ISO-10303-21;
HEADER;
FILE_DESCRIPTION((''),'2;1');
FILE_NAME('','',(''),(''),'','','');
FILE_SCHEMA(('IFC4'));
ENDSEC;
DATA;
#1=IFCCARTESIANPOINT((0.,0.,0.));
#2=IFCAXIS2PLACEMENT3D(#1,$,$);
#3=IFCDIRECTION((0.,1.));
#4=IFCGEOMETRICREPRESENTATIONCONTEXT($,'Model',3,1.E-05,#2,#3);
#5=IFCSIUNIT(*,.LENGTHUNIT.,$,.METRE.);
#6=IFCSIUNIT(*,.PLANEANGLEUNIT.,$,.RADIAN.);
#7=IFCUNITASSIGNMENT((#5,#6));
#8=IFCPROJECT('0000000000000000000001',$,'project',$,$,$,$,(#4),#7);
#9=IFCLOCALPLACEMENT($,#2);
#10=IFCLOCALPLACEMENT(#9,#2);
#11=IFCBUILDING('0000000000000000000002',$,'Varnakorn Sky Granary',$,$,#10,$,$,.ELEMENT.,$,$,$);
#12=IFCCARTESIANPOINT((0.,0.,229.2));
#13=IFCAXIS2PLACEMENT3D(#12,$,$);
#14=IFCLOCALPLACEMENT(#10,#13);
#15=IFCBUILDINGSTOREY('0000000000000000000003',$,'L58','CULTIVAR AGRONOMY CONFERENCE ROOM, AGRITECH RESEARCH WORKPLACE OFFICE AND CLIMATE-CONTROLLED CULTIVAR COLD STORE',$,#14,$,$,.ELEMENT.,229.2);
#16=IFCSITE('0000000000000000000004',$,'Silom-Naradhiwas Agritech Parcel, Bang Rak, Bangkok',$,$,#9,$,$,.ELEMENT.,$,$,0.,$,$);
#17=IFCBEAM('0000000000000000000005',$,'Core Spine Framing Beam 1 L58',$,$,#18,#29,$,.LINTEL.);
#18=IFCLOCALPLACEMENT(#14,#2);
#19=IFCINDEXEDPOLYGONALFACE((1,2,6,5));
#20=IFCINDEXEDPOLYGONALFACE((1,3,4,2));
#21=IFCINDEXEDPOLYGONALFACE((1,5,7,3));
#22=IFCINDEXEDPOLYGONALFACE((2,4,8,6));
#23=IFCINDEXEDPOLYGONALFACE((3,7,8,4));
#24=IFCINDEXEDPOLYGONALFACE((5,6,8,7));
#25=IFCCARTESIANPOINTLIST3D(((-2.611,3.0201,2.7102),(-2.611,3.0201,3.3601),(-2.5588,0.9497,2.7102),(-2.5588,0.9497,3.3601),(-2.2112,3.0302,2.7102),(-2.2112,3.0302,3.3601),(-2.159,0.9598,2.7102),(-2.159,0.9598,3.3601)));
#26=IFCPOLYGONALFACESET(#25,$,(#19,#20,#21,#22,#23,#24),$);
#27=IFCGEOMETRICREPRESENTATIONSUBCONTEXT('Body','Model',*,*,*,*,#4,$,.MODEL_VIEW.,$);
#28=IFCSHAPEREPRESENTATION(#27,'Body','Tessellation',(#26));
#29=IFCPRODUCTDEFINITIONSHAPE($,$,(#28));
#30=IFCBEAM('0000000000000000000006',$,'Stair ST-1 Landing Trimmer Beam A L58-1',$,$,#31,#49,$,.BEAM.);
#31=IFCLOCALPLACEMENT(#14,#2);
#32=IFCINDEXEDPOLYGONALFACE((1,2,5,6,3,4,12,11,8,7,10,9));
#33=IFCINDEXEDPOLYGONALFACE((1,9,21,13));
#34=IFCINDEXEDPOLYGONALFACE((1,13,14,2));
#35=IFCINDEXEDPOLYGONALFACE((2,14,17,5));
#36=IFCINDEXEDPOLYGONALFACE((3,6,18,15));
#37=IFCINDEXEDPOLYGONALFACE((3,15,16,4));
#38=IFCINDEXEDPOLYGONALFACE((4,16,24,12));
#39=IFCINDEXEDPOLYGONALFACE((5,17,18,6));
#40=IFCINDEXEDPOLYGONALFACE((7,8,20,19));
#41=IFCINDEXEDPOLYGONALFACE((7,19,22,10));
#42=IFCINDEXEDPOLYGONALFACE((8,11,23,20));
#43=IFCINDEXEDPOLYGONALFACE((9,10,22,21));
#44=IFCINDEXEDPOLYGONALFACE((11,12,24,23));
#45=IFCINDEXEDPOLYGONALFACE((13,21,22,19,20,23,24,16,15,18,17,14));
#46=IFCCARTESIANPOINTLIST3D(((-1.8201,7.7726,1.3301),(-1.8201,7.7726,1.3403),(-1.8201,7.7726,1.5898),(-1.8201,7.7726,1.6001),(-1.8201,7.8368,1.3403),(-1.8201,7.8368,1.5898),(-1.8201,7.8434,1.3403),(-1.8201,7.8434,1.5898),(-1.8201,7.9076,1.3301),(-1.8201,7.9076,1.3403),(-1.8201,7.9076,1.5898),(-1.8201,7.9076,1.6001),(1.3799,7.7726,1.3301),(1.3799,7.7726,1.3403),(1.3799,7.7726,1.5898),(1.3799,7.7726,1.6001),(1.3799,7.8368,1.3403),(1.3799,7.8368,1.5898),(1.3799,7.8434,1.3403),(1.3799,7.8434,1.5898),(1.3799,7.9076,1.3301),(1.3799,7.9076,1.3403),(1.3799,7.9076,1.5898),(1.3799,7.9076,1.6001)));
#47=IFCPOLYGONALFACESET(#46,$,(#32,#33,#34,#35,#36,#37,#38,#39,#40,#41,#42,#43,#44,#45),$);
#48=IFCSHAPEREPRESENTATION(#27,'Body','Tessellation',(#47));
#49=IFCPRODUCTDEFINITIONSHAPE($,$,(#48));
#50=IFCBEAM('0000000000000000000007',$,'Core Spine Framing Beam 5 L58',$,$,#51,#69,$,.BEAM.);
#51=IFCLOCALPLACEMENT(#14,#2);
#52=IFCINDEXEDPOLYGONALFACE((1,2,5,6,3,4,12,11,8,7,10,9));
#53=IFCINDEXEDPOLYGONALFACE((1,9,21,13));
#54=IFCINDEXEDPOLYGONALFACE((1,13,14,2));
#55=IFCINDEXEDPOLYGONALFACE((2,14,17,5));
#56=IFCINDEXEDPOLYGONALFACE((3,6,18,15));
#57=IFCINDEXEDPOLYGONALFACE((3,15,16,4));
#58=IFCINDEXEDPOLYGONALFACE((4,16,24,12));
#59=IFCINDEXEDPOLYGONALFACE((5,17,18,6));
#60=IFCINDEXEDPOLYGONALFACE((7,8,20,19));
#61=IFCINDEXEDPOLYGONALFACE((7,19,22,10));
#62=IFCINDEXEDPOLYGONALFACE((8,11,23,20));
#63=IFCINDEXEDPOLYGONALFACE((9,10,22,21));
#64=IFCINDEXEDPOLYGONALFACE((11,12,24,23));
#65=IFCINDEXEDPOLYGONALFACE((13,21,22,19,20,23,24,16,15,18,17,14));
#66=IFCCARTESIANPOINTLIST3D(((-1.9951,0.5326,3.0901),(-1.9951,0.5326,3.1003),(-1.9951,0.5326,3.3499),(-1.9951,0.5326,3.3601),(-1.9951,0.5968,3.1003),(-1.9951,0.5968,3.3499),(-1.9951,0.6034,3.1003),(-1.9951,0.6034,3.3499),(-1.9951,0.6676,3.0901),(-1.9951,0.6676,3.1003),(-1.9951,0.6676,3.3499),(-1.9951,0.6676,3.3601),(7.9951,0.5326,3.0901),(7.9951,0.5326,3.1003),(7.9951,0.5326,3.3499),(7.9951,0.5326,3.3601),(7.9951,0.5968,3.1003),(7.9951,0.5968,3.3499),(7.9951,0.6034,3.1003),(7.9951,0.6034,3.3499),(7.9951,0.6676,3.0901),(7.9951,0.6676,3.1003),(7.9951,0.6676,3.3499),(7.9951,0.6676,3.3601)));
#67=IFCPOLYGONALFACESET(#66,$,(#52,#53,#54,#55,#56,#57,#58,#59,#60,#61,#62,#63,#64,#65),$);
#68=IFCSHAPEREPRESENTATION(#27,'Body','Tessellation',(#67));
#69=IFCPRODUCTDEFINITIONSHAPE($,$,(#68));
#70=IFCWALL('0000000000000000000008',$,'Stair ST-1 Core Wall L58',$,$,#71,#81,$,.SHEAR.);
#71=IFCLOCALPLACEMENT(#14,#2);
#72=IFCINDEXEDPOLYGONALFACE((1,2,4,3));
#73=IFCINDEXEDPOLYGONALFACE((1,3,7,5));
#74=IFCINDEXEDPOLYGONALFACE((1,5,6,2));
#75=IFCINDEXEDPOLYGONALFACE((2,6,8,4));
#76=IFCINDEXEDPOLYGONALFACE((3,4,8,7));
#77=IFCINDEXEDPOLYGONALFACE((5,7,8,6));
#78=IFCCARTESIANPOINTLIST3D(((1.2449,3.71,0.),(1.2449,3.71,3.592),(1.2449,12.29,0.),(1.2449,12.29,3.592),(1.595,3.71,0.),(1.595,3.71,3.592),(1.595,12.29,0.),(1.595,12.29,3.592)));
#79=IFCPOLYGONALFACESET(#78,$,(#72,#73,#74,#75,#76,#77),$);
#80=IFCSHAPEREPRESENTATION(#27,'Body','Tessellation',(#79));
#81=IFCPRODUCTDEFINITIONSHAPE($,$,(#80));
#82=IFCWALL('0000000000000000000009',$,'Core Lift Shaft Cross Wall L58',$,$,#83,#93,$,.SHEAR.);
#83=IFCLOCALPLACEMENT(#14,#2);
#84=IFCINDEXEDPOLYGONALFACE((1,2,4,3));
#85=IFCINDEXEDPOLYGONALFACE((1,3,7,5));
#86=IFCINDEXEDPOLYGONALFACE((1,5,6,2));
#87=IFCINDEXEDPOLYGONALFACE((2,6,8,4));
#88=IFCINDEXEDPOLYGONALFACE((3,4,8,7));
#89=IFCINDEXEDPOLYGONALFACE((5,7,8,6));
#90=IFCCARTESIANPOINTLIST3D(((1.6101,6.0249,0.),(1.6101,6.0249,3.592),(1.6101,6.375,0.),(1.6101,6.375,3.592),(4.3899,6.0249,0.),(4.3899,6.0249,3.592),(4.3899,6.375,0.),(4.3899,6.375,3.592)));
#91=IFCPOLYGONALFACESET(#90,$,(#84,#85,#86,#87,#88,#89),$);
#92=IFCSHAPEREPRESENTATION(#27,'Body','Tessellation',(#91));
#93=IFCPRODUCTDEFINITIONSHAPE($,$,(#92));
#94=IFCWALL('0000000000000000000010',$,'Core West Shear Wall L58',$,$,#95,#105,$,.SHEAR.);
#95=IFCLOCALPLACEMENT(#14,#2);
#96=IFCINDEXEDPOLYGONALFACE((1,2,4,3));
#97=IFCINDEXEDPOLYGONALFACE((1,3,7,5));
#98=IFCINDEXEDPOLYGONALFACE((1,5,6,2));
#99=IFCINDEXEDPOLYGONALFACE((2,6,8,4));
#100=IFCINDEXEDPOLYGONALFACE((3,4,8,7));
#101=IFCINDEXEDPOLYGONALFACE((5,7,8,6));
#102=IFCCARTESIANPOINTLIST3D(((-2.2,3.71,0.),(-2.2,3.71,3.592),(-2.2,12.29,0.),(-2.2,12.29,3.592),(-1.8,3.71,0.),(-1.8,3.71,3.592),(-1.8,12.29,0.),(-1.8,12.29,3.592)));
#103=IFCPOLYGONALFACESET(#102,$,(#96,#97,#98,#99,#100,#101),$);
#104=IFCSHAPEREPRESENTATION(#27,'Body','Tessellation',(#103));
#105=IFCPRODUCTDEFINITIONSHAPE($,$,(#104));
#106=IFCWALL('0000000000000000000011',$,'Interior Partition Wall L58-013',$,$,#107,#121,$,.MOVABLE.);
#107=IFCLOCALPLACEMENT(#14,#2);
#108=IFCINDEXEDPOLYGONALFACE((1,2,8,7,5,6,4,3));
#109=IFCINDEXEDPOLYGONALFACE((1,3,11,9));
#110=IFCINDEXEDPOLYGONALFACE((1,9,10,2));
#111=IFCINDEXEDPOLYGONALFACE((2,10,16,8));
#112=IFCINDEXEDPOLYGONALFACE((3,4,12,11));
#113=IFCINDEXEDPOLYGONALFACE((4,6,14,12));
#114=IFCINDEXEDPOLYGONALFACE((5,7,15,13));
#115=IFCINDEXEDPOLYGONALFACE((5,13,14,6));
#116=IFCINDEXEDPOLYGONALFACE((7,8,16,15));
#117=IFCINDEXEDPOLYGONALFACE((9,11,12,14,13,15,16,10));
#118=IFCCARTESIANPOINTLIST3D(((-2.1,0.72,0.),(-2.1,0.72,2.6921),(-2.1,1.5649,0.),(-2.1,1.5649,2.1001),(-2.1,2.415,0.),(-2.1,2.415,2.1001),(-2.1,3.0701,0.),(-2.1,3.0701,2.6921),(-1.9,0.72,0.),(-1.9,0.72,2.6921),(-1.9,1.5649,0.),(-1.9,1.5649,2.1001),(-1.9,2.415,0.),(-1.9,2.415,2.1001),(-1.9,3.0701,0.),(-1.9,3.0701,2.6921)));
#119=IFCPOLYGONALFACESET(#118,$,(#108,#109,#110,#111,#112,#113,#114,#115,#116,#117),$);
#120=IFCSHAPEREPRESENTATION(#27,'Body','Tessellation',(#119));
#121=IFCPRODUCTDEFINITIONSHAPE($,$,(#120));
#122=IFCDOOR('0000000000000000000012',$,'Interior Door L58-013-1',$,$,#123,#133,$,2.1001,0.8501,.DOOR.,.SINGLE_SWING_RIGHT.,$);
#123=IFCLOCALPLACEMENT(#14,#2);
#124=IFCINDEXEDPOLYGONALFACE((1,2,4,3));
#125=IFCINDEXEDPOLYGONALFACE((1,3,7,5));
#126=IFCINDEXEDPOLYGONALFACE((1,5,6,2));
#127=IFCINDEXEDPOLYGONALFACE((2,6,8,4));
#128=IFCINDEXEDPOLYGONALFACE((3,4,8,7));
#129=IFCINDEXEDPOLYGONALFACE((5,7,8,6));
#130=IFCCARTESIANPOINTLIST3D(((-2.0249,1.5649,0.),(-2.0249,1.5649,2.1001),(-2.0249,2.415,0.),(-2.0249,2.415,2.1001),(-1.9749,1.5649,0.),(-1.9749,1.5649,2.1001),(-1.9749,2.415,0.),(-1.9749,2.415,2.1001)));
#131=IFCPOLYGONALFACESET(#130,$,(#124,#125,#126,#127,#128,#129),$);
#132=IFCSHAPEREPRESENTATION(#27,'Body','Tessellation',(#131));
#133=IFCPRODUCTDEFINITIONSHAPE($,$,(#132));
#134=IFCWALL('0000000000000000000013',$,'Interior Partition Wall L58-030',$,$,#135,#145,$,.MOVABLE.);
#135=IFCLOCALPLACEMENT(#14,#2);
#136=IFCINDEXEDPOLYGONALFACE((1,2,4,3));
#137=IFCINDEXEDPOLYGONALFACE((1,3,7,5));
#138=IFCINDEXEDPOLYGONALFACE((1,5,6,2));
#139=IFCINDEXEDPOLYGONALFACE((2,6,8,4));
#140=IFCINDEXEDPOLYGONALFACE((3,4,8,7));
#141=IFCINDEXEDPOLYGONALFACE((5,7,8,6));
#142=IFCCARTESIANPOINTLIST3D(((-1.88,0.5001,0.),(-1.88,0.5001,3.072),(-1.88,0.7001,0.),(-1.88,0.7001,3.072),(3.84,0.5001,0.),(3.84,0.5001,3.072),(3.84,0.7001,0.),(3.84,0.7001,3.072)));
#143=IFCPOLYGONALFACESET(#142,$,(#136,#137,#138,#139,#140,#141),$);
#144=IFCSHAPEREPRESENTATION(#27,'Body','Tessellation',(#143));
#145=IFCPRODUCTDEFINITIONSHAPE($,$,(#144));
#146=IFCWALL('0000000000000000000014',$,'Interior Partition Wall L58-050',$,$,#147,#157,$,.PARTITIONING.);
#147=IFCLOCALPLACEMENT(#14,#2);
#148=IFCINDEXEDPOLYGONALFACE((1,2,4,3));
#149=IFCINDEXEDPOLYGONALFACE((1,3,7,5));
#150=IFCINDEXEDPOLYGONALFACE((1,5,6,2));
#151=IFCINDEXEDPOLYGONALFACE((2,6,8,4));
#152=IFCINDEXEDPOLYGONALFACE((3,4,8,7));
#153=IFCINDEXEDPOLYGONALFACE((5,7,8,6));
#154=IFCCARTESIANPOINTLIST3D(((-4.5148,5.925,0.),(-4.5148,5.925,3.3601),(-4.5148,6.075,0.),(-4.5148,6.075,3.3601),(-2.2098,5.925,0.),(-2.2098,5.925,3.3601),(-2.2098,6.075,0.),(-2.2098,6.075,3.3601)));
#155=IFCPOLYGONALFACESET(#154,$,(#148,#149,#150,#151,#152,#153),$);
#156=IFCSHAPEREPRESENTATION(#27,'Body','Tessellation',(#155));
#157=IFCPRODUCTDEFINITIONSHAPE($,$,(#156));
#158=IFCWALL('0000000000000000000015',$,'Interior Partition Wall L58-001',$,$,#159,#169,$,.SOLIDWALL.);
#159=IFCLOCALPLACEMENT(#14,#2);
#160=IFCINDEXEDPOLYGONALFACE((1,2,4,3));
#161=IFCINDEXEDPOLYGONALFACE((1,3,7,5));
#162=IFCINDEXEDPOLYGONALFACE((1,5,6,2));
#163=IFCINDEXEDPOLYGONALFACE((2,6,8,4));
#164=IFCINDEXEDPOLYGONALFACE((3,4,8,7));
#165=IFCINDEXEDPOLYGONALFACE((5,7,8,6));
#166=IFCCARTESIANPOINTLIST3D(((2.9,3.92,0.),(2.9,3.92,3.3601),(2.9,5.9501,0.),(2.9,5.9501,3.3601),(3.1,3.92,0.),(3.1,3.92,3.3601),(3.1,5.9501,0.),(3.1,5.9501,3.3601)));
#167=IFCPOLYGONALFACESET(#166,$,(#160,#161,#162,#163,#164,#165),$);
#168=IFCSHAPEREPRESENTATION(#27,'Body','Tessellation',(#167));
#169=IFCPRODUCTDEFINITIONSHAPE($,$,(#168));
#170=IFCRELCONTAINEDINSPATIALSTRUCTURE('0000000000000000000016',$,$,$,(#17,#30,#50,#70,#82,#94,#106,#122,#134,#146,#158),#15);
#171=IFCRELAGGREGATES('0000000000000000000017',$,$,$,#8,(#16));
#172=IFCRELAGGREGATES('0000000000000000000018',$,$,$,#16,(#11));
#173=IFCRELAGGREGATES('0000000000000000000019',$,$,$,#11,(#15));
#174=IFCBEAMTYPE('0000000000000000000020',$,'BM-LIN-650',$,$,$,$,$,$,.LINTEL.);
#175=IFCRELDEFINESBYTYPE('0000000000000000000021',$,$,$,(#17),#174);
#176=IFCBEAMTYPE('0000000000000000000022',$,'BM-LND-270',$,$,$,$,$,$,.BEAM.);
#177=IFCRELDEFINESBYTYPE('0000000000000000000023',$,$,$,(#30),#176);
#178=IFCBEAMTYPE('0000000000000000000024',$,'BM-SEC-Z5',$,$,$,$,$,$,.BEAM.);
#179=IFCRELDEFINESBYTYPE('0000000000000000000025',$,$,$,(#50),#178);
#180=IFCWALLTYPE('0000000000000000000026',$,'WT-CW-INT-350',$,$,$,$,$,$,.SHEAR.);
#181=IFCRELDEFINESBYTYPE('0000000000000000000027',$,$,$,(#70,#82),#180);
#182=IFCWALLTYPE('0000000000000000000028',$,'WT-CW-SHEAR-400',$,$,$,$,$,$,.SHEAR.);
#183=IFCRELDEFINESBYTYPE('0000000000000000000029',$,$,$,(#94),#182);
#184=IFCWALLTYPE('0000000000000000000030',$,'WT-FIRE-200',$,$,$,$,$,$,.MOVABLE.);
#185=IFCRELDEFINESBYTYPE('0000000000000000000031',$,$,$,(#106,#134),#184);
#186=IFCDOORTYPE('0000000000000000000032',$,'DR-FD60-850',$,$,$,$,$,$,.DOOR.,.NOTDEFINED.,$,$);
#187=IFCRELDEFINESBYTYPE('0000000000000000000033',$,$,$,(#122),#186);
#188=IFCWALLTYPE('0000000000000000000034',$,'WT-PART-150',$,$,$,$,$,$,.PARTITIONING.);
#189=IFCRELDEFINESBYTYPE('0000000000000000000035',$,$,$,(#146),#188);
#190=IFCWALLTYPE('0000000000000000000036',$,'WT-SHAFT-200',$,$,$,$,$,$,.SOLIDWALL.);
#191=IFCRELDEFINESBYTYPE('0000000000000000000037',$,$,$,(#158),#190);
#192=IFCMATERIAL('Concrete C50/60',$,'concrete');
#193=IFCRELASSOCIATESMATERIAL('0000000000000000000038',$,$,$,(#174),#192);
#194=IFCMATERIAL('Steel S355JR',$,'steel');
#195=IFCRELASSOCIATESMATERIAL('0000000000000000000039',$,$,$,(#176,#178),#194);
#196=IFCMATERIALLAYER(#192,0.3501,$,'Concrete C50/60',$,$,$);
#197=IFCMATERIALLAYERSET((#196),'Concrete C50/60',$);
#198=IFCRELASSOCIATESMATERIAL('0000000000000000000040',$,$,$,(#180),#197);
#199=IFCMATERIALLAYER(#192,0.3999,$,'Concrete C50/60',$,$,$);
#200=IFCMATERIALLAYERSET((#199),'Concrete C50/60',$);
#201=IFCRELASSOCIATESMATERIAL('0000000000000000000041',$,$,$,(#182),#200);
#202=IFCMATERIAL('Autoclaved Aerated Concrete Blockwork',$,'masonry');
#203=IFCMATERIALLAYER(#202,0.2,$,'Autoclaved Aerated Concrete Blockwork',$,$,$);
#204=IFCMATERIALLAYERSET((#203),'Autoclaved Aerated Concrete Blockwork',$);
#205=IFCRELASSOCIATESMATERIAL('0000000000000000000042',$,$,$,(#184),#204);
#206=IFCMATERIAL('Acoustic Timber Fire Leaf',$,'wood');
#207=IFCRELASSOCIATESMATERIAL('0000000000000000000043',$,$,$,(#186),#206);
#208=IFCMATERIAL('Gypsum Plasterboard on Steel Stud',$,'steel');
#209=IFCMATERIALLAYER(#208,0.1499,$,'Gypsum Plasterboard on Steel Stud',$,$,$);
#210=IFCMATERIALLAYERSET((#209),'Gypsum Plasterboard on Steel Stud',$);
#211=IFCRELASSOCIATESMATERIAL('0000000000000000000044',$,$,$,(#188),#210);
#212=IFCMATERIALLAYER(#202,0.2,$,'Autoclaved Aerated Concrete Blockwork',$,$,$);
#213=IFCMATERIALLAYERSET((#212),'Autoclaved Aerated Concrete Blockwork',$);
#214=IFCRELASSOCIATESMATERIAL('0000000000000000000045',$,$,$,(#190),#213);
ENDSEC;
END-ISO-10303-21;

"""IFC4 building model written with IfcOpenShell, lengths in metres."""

from ifc_helpers import new_model, si_unit, direction, frame, frame_2d, origin, origin_2d, place, context, subcontext, project, spatial, rectangle, i_section, extrude, material, layer, layer_set, material_profile, profile_set, type_object, element, fill, save


model = new_model("IFC4")

# Units and contexts
model_context = context("Model", 3, precision=1e-05, world=origin(), true_north=direction((0.0, 1.0)))
body_context = subcontext(model_context, "Body", "Model", "MODEL_VIEW")
ifc_project = project(units=[si_unit("LENGTHUNIT", "METRE"), si_unit("PLANEANGLEUNIT", "RADIAN")], contexts=[model_context])

# Site, building, storey
site_placement = place(None, origin())
site = spatial("IfcSite", under=ifc_project, at=site_placement, Name="Silom-Naradhiwas Agritech Parcel, Bang Rak, Bangkok", CompositionType="ELEMENT", RefElevation=0.0)
building_placement = place(site_placement, origin())
building = spatial("IfcBuilding", under=site, at=building_placement, Name="Varnakorn Sky Granary", CompositionType="ELEMENT")
storey_placement = place(building_placement, frame((0.0, 0.0, 229.2)))
storey = spatial("IfcBuildingStorey", under=building, at=storey_placement, Name="L58", Description="CULTIVAR AGRONOMY CONFERENCE ROOM, AGRITECH RESEARCH WORKPLACE OFFICE AND CLIMATE-CONTROLLED CULTIVAR COLD STORE", CompositionType="ELEMENT", Elevation=229.2)

# Beams
ifc_material_1 = material(Name="Concrete C50/60", Category="concrete")
ifc_material_profile_1 = material_profile(ifc_material_1, rectangle(XDim=0.3999, YDim=0.6499, at=origin_2d()), Name="RC 400x650")
ifc_profile_set_1 = profile_set([ifc_material_profile_1], Name="Concrete C50/60")
beam_type_1 = type_object("IfcBeamType", Name="BM-LIN-650", PredefinedType="LINTEL", material=ifc_profile_set_1)
beam_1_placement = place(storey_placement, frame((-2.4111, 3.0251, 3.0352), z_axis=(0.025228, -0.999682, 0.0), x_axis=(0.999682, 0.025228, 0.0)))
element("IfcBeam", 1, at=beam_1_placement, inside=storey, type_object=beam_type_1, Name="Core Spine Framing Beam 1 L58", PredefinedType="LINTEL", context=body_context, shape_type="SweptSolid", body=[
    extrude(rectangle(XDim=0.3999, YDim=0.6499, at=origin_2d()), origin(), (0.0, 0.0, 1.0), 2.071),
])
ifc_material_2 = material(Name="Steel S355JR", Category="steel")
ifc_material_profile_2 = material_profile(ifc_material_2, i_section(OverallWidth=0.135, OverallDepth=0.27, WebThickness=0.0066, FlangeThickness=0.0103, at=origin_2d()), Name="IPE 270")
ifc_profile_set_2 = profile_set([ifc_material_profile_2], Name="Steel S355JR")
beam_type_2 = type_object("IfcBeamType", Name="BM-LND-270", PredefinedType="BEAM", material=ifc_profile_set_2)
beam_2_placement = place(storey_placement, frame((-1.8201, 7.8401, 1.4651), z_axis=(1.0, 0.0, 0.0), x_axis=(0.0, 1.0, 0.0)))
element("IfcBeam", 2, at=beam_2_placement, inside=storey, type_object=beam_type_2, Name="Stair ST-1 Landing Trimmer Beam A L58-1", PredefinedType="BEAM", context=body_context, shape_type="SweptSolid", body=[
    extrude(i_section(OverallWidth=0.135, OverallDepth=0.27, WebThickness=0.0066, FlangeThickness=0.0103, at=origin_2d()), origin(), (0.0, 0.0, 1.0), 3.2),
])
ifc_material_profile_3 = material_profile(ifc_material_2, i_section(OverallWidth=0.135, OverallDepth=0.27, WebThickness=0.0066, FlangeThickness=0.0103, at=origin_2d()), Name="IPE 270")
ifc_profile_set_3 = profile_set([ifc_material_profile_3], Name="Steel S355JR")
beam_type_3 = type_object("IfcBeamType", Name="BM-SEC-Z5", PredefinedType="BEAM", material=ifc_profile_set_3)
beam_3_placement = place(storey_placement, frame((-1.9951, 0.6001, 3.2251), z_axis=(1.0, 0.0, 0.0), x_axis=(0.0, 1.0, 0.0)))
element("IfcBeam", 3, at=beam_3_placement, inside=storey, type_object=beam_type_3, Name="Core Spine Framing Beam 5 L58", PredefinedType="BEAM", context=body_context, shape_type="SweptSolid", body=[
    extrude(i_section(OverallWidth=0.135, OverallDepth=0.27, WebThickness=0.0066, FlangeThickness=0.0103, at=origin_2d()), origin(), (0.0, 0.0, 1.0), 9.9902),
])

# Walls
ifc_layer_1 = layer(ifc_material_1, 0.3501, Name="Concrete C50/60")
ifc_layer_set_1 = layer_set([ifc_layer_1], Name="Concrete C50/60")
wall_type_1 = type_object("IfcWallType", Name="WT-CW-INT-350", PredefinedType="SHEAR", material=ifc_layer_set_1)
wall_1_placement = place(storey_placement, frame((1.4199, 3.71, 0.0), z_axis=(0.0, 0.0, 1.0), x_axis=(0.0, 1.0, 0.0)))
element("IfcWall", 4, at=wall_1_placement, inside=storey, type_object=wall_type_1, Name="Stair ST-1 Core Wall L58", PredefinedType="SHEAR", context=body_context, shape_type="SweptSolid", body=[
    extrude(rectangle(XDim=8.5801, YDim=0.3501, at=frame_2d((4.29, 0.0))), origin(), (0.0, 0.0, 1.0), 3.592),
])
wall_2_placement = place(storey_placement, frame((1.6101, 6.2, 0.0), z_axis=(0.0, 0.0, 1.0), x_axis=(1.0, 0.0, 0.0)))
element("IfcWall", 5, at=wall_2_placement, inside=storey, type_object=wall_type_1, Name="Core Lift Shaft Cross Wall L58", PredefinedType="SHEAR", context=body_context, shape_type="SweptSolid", body=[
    extrude(rectangle(XDim=2.7798, YDim=0.3501, at=frame_2d((1.3899, 0.0))), origin(), (0.0, 0.0, 1.0), 3.592),
])

# Shared definitions
ifc_layer_2 = layer(ifc_material_1, 0.3999, Name="Concrete C50/60")
ifc_layer_set_2 = layer_set([ifc_layer_2], Name="Concrete C50/60")
wall_type_2 = type_object("IfcWallType", Name="WT-CW-SHEAR-400", PredefinedType="SHEAR", material=ifc_layer_set_2)

# Wall
wall_3_placement = place(storey_placement, frame((-2.0, 3.71, 0.0), z_axis=(0.0, 0.0, 1.0), x_axis=(0.0, 1.0, 0.0)))
element("IfcWall", 6, at=wall_3_placement, inside=storey, type_object=wall_type_2, Name="Core West Shear Wall L58", PredefinedType="SHEAR", context=body_context, shape_type="SweptSolid", body=[
    extrude(rectangle(XDim=8.5801, YDim=0.3999, at=frame_2d((4.29, 0.0))), origin(), (0.0, 0.0, 1.0), 3.592),
])

# Wall, opening, door
ifc_material_3 = material(Name="Autoclaved Aerated Concrete Blockwork", Category="masonry")
ifc_layer_3 = layer(ifc_material_3, 0.2, Name="Autoclaved Aerated Concrete Blockwork")
ifc_layer_set_3 = layer_set([ifc_layer_3], Name="Autoclaved Aerated Concrete Blockwork")
wall_type_3 = type_object("IfcWallType", Name="WT-FIRE-200", PredefinedType="MOVABLE", material=ifc_layer_set_3)
wall_4_placement = place(storey_placement, frame((-2.0, 0.72, 0.0), z_axis=(0.0, 0.0, 1.0), x_axis=(0.0, 1.0, 0.0)))
wall_4 = element("IfcWall", 7, at=wall_4_placement, inside=storey, type_object=wall_type_3, Name="Interior Partition Wall L58-013", PredefinedType="MOVABLE", context=body_context, shape_type="SweptSolid", body=[
    extrude(rectangle(XDim=2.3501, YDim=0.2, at=frame_2d((1.175, 0.0))), origin(), (0.0, 0.0, 1.0), 2.6921),
])
opening_1_placement = place(wall_4_placement, frame((0.845, 0.0, 0.0)))
opening_1 = element("IfcOpeningElement", 8, at=opening_1_placement, cuts=wall_4, PredefinedType="OPENING", context=body_context, shape_type="SweptSolid", body=[
    extrude(rectangle(XDim=0.8501, YDim=2.1001, at=frame_2d((0.425, 1.05))), frame((0.0, 0.1099, 0.0), z_axis=(0.0, -1.0, 0.0), x_axis=(1.0, 0.0, 0.0)), (0.0, 0.0, 1.0), 0.22),
])
ifc_material_4 = material(Name="Acoustic Timber Fire Leaf", Category="wood")
door_type_1 = type_object("IfcDoorType", Name="DR-FD60-850", OperationType="NOTDEFINED", PredefinedType="DOOR", material=ifc_material_4)
door_1_placement = place(opening_1_placement, origin())
door_1 = element("IfcDoor", 9, at=door_1_placement, inside=storey, type_object=door_type_1, Name="Interior Door L58-013-1", OperationType="SINGLE_SWING_RIGHT", OverallHeight=2.1001, OverallWidth=0.8501, PredefinedType="DOOR", context=body_context, shape_type="SweptSolid", body=[
    extrude(rectangle(XDim=0.8501, YDim=2.1001, at=frame_2d((0.425, 1.05))), frame((0.0, 0.0249, 0.0), z_axis=(0.0, -1.0, 0.0), x_axis=(1.0, 0.0, 0.0)), (0.0, 0.0, 1.0), 0.05),
])
fill(opening_1, door_1)

# Walls
wall_5_placement = place(storey_placement, frame((-1.8799, 0.6001, 0.0), z_axis=(0.0, 0.0, 1.0), x_axis=(1.0, 0.0, 0.0)))
element("IfcWall", 10, at=wall_5_placement, inside=storey, type_object=wall_type_3, Name="Interior Partition Wall L58-030", PredefinedType="MOVABLE", context=body_context, shape_type="SweptSolid", body=[
    extrude(rectangle(XDim=5.72, YDim=0.2, at=frame_2d((2.8599, 0.0))), origin(), (0.0, 0.0, 1.0), 3.072),
])
ifc_material_5 = material(Name="Gypsum Plasterboard on Steel Stud", Category="steel")
ifc_layer_4 = layer(ifc_material_5, 0.1499, Name="Gypsum Plasterboard on Steel Stud")
ifc_layer_set_4 = layer_set([ifc_layer_4], Name="Gypsum Plasterboard on Steel Stud")
wall_type_4 = type_object("IfcWallType", Name="WT-PART-150", PredefinedType="PARTITIONING", material=ifc_layer_set_4)
wall_6_placement = place(storey_placement, frame((-2.21, 6.0, 0.0), z_axis=(0.0, 0.0, 1.0), x_axis=(-1.0, 0.0, 0.0)))
element("IfcWall", 11, at=wall_6_placement, inside=storey, type_object=wall_type_4, Name="Interior Partition Wall L58-050", PredefinedType="PARTITIONING", context=body_context, shape_type="SweptSolid", body=[
    extrude(rectangle(XDim=2.3049, YDim=0.1499, at=frame_2d((1.1523, 0.0))), origin(), (0.0, 0.0, 1.0), 3.3601),
])
ifc_layer_5 = layer(ifc_material_3, 0.2, Name="Autoclaved Aerated Concrete Blockwork")
ifc_layer_set_5 = layer_set([ifc_layer_5], Name="Autoclaved Aerated Concrete Blockwork")
wall_type_5 = type_object("IfcWallType", Name="WT-SHAFT-200", PredefinedType="SOLIDWALL", material=ifc_layer_set_5)
wall_7_placement = place(storey_placement, frame((3.0, 3.9199, 0.0), z_axis=(0.0, 0.0, 1.0), x_axis=(0.0, 1.0, 0.0)))
element("IfcWall", 12, at=wall_7_placement, inside=storey, type_object=wall_type_5, Name="Interior Partition Wall L58-001", PredefinedType="SOLIDWALL", context=body_context, shape_type="SweptSolid", body=[
    extrude(rectangle(XDim=2.03, YDim=0.2, at=frame_2d((1.0151, 0.0))), origin(), (0.0, 0.0, 1.0), 3.3601),
])

save(model, "model.ifc")
